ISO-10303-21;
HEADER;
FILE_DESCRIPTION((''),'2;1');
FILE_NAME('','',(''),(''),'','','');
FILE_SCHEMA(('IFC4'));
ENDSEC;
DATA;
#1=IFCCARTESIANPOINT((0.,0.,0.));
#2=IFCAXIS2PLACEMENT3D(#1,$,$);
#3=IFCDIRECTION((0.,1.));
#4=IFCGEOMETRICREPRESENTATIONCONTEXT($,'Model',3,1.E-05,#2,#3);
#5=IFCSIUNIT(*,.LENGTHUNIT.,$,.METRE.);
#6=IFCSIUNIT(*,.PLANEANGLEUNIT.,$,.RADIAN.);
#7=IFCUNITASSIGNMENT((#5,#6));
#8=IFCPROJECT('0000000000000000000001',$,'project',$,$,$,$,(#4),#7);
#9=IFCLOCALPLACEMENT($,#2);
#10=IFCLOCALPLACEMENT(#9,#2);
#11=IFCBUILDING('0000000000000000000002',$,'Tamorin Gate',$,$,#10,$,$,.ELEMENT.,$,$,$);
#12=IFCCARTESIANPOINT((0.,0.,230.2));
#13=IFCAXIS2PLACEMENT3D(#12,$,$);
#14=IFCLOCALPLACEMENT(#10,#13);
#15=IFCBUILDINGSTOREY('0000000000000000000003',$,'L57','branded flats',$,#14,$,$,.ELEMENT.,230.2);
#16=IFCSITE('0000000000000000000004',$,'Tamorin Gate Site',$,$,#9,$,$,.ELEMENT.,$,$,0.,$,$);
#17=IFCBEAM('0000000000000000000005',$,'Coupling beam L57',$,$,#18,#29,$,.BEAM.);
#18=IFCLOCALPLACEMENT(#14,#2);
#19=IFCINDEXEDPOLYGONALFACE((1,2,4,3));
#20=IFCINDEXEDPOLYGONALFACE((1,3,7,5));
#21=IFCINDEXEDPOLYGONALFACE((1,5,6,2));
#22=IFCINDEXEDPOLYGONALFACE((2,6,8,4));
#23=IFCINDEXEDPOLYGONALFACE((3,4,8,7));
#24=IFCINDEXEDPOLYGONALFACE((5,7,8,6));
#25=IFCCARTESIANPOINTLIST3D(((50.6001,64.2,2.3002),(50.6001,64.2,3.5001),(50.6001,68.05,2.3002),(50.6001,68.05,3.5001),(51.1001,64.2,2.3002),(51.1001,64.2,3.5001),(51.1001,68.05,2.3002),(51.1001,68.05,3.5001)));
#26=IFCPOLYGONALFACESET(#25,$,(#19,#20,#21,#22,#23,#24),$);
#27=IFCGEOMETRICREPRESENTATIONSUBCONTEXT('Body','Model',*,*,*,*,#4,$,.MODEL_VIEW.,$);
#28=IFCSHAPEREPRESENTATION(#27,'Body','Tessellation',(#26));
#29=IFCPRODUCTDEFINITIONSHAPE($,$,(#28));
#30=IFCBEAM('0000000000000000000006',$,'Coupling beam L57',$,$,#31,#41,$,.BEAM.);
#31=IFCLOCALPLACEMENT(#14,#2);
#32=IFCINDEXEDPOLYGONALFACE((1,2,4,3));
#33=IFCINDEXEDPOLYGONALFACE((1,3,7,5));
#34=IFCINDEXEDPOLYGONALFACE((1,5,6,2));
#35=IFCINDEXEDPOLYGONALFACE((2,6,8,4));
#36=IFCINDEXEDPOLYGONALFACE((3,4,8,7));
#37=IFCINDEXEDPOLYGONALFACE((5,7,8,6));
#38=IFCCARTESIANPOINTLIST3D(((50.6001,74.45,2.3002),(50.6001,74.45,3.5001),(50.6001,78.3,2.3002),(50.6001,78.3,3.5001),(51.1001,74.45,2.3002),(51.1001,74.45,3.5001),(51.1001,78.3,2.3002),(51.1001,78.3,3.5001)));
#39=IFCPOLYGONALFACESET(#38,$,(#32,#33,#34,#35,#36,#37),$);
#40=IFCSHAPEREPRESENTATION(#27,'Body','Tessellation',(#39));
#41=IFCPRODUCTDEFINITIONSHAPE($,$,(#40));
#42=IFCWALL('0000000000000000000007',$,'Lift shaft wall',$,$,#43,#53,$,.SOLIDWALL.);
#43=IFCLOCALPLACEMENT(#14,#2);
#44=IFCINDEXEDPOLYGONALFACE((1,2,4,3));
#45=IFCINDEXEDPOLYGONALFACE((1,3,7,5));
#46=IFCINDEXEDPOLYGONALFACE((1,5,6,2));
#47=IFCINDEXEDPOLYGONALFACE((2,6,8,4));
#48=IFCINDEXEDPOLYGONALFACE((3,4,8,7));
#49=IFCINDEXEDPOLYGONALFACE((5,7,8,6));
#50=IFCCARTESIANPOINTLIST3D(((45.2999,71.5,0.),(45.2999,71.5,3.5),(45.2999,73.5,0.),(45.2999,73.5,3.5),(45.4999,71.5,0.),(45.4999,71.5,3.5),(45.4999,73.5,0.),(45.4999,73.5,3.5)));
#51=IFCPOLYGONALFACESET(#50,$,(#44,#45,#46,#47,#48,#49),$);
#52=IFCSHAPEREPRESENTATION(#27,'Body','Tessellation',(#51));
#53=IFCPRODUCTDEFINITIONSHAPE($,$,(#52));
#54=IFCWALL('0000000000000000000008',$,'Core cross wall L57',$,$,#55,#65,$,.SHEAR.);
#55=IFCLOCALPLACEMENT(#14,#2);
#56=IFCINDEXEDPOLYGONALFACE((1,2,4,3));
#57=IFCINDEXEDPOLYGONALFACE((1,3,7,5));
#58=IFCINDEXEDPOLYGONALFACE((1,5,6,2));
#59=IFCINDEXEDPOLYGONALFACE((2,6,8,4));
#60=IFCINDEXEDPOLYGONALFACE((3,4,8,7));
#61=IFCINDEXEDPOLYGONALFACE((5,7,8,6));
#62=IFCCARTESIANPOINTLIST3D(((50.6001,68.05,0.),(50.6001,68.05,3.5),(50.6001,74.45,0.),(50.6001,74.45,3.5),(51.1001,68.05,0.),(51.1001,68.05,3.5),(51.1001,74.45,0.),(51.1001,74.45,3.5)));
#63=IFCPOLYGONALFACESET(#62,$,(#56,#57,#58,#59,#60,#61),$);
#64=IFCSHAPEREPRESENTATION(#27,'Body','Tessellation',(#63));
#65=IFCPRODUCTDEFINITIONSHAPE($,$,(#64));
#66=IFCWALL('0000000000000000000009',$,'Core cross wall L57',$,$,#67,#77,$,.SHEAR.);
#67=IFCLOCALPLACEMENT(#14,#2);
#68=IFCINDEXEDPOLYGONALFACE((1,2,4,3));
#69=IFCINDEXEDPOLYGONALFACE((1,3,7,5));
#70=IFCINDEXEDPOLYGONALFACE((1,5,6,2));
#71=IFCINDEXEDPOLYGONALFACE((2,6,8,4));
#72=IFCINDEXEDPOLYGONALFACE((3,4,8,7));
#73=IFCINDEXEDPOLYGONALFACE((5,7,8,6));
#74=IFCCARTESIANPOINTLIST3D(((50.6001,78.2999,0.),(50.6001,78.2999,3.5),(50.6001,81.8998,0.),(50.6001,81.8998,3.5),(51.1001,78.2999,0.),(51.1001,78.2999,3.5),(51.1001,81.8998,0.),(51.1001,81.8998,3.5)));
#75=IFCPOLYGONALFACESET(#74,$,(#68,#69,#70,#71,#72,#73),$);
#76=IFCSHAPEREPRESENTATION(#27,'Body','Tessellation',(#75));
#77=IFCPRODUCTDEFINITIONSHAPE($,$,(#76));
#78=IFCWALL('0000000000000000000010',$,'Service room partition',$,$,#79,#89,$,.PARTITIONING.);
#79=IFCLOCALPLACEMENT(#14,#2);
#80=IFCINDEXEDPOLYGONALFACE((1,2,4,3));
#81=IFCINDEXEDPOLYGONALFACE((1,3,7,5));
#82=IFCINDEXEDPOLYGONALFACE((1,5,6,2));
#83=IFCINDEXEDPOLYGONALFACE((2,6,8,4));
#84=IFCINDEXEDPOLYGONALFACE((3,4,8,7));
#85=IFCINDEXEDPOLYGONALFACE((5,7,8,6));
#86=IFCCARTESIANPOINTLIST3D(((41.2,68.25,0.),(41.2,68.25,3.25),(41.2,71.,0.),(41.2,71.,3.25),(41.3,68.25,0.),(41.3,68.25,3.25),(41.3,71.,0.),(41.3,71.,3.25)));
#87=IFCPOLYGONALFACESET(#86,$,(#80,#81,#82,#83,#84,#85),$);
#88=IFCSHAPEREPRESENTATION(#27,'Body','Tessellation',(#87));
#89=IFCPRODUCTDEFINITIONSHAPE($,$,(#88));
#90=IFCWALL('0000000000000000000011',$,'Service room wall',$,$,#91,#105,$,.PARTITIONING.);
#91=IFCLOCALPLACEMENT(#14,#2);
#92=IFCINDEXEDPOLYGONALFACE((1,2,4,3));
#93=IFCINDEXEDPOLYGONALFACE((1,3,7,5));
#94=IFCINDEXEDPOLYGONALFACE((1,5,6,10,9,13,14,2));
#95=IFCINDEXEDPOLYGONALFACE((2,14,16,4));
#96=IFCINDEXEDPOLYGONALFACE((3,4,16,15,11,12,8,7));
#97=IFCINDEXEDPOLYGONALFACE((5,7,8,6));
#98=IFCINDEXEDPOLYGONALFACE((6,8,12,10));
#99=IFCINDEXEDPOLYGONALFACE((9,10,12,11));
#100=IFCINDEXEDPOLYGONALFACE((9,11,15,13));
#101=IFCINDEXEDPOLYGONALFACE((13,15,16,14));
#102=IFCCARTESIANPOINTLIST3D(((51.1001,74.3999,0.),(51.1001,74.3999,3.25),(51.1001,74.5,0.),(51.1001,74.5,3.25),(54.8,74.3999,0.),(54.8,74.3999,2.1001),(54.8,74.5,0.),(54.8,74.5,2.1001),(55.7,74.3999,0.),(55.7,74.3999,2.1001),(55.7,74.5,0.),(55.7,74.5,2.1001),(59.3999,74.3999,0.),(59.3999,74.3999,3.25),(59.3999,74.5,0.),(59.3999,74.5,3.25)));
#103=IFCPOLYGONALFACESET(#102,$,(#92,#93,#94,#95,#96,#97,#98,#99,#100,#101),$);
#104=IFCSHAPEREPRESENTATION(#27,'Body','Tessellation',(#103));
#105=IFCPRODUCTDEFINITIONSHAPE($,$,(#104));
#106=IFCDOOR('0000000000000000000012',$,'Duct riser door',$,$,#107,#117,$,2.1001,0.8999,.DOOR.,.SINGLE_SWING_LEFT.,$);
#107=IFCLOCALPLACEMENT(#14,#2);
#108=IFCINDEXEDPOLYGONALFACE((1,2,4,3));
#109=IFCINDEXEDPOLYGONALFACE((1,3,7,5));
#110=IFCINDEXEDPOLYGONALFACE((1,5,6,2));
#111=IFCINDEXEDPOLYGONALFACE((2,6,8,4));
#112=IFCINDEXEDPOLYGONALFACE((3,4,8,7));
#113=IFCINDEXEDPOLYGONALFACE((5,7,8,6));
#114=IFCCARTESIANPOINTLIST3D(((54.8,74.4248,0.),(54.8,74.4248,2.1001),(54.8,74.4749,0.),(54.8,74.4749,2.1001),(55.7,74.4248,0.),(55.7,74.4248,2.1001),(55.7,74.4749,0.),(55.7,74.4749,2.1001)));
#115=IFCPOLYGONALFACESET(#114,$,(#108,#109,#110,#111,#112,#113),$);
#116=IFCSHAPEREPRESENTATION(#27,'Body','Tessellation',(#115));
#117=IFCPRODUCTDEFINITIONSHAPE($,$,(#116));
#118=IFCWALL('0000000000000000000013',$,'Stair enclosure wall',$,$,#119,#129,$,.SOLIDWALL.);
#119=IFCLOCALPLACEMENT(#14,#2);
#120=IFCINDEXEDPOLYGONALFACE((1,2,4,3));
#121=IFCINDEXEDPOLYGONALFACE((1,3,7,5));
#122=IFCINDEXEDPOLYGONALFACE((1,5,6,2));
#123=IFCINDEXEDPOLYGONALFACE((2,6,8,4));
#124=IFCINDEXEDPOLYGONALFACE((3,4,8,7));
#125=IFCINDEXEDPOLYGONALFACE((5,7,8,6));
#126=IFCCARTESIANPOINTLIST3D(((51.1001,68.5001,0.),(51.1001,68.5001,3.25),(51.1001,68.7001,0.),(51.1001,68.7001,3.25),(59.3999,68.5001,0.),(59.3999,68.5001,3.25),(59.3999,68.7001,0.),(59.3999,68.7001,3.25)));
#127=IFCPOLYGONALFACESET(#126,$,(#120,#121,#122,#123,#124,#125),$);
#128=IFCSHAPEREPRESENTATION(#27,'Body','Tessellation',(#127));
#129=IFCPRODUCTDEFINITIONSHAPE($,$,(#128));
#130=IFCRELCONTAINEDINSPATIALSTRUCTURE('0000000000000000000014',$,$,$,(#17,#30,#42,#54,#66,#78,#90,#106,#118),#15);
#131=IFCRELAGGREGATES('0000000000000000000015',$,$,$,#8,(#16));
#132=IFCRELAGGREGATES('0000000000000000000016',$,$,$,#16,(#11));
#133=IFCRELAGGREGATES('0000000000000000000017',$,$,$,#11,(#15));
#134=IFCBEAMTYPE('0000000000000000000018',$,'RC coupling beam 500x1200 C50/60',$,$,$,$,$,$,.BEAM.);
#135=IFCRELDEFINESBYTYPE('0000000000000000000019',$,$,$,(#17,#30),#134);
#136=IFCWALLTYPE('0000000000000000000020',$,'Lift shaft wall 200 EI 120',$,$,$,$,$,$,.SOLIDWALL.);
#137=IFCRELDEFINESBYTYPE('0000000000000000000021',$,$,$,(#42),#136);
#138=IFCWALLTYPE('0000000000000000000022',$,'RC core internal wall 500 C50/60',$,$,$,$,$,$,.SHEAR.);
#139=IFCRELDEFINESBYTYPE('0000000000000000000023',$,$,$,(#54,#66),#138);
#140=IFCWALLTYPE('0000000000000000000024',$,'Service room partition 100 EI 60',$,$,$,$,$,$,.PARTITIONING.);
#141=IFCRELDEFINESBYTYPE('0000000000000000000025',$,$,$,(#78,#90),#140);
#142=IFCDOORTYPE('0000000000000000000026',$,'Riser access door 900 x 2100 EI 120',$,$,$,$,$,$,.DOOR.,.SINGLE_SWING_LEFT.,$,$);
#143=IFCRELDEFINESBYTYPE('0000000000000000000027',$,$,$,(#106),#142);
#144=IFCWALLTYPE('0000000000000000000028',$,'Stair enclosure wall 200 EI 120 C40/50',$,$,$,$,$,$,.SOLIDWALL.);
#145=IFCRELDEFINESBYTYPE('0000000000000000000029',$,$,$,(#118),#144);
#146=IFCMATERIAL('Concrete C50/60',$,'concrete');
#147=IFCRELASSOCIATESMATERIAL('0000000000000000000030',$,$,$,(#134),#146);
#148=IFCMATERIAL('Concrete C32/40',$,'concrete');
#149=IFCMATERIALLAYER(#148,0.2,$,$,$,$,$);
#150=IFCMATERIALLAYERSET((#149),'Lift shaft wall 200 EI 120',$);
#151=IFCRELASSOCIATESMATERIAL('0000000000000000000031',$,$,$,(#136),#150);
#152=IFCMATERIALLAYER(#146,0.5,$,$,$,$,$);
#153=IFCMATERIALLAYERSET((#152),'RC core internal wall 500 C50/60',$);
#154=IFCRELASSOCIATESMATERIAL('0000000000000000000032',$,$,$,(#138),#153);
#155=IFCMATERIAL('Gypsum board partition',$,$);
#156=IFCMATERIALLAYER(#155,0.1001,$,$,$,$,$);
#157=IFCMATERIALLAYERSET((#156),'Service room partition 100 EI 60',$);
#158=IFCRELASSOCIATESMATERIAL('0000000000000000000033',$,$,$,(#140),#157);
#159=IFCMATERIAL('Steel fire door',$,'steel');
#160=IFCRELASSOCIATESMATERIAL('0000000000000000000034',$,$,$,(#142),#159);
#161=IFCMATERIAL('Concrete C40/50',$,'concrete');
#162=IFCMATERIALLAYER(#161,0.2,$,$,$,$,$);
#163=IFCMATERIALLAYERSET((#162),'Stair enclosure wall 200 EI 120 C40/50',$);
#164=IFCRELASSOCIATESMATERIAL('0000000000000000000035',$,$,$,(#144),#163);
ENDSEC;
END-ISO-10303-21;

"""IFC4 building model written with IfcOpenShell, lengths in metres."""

from ifc_helpers import new_model, si_unit, direction, frame, frame_2d, origin, origin_2d, place, context, subcontext, project, spatial, rectangle, extrude, material, layer, layer_set, material_profile, profile_set, type_object, element, fill, save


model = new_model("IFC4")

# Units and contexts
model_context = context("Model", 3, precision=1e-05, world=origin(), true_north=direction((0.0, 1.0)))
body_context = subcontext(model_context, "Body", "Model", "MODEL_VIEW")
ifc_project = project(units=[si_unit("LENGTHUNIT", "METRE"), si_unit("PLANEANGLEUNIT", "RADIAN")], contexts=[model_context])

# Site, building, storey
site_placement = place(None, origin())
site = spatial("IfcSite", under=ifc_project, at=site_placement, Name="Tamorin Gate Site", CompositionType="ELEMENT", RefElevation=0.0)
building_placement = place(site_placement, origin())
building = spatial("IfcBuilding", under=site, at=building_placement, Name="Tamorin Gate", CompositionType="ELEMENT")
storey_placement = place(building_placement, frame((0.0, 0.0, 230.2)))
storey = spatial("IfcBuildingStorey", under=building, at=storey_placement, Name="L57", Description="branded flats", CompositionType="ELEMENT", Elevation=230.2)

# Beams
ifc_material_1 = material(Name="Concrete C50/60", Category="concrete")
ifc_material_profile = material_profile(ifc_material_1, rectangle(XDim=0.5, YDim=1.2, at=origin_2d()), Name="RC 500x1200")
ifc_profile_set = profile_set([ifc_material_profile], Name="Concrete C50/60")
beam_type = type_object("IfcBeamType", Name="RC coupling beam 500x1200 C50/60", PredefinedType="BEAM", material=ifc_profile_set)
for number, where, z_axis, x_axis, name in (
    (1, (50.8501, 64.2, 2.9001), (0.0, 1.0, 0.0), (-1.0, 0.0, 0.0), "Coupling beam L57"),
    (2, (50.8501, 74.45, 2.9001), (0.0, 1.0, 0.0), (-1.0, 0.0, 0.0), "Coupling beam L57"),
):
    element("IfcBeam", number, at=place(storey_placement, frame(where, z_axis=z_axis, x_axis=x_axis)), inside=storey, type_object=beam_type, Name=name, PredefinedType="BEAM", context=body_context, shape_type="SweptSolid", body=[
        extrude(rectangle(XDim=0.5, YDim=1.2, at=origin_2d()), origin(), (0.0, 0.0, 1.0), 3.8501),
    ])

# Walls
ifc_material_2 = material(Name="Concrete C32/40", Category="concrete")
ifc_layer_1 = layer(ifc_material_2, 0.2)
ifc_layer_set_1 = layer_set([ifc_layer_1], Name="Lift shaft wall 200 EI 120")
wall_type_1 = type_object("IfcWallType", Name="Lift shaft wall 200 EI 120", PredefinedType="SOLIDWALL", material=ifc_layer_set_1)
wall_1_placement = place(storey_placement, frame((45.3999, 71.5, 0.0), z_axis=(0.0, 0.0, 1.0), x_axis=(0.0, 1.0, 0.0)))
element("IfcWall", 3, at=wall_1_placement, inside=storey, type_object=wall_type_1, Name="Lift shaft wall", PredefinedType="SOLIDWALL", context=body_context, shape_type="SweptSolid", body=[
    extrude(rectangle(XDim=2.0, YDim=0.2, at=frame_2d((1.0, 0.0))), origin(), (0.0, 0.0, 1.0), 3.5),
])
ifc_layer_2 = layer(ifc_material_1, 0.5)
ifc_layer_set_2 = layer_set([ifc_layer_2], Name="RC core internal wall 500 C50/60")
wall_type_2 = type_object("IfcWallType", Name="RC core internal wall 500 C50/60", PredefinedType="SHEAR", material=ifc_layer_set_2)
wall_2_placement = place(storey_placement, frame((50.8501, 68.05, 0.0), z_axis=(0.0, 0.0, 1.0), x_axis=(0.0, 1.0, 0.0)))
element("IfcWall", 4, at=wall_2_placement, inside=storey, type_object=wall_type_2, Name="Core cross wall L57", PredefinedType="SHEAR", context=body_context, shape_type="SweptSolid", body=[
    extrude(rectangle(XDim=6.3999, YDim=0.5, at=frame_2d((3.2, 0.0))), origin(), (0.0, 0.0, 1.0), 3.5),
])
wall_3_placement = place(storey_placement, frame((50.8501, 78.3, 0.0), z_axis=(0.0, 0.0, 1.0), x_axis=(0.0, 1.0, 0.0)))
element("IfcWall", 5, at=wall_3_placement, inside=storey, type_object=wall_type_2, Name="Core cross wall L57", PredefinedType="SHEAR", context=body_context, shape_type="SweptSolid", body=[
    extrude(rectangle(XDim=3.5999, YDim=0.5, at=frame_2d((1.7998, 0.0))), origin(), (0.0, 0.0, 1.0), 3.5),
])
ifc_material_3 = material(Name="Gypsum board partition")
ifc_layer_3 = layer(ifc_material_3, 0.1001)
ifc_layer_set_3 = layer_set([ifc_layer_3], Name="Service room partition 100 EI 60")
wall_type_3 = type_object("IfcWallType", Name="Service room partition 100 EI 60", PredefinedType="PARTITIONING", material=ifc_layer_set_3)
wall_4_placement = place(storey_placement, frame((41.25, 68.25, 0.0), z_axis=(0.0, 0.0, 1.0), x_axis=(0.0, 1.0, 0.0)))
element("IfcWall", 6, at=wall_4_placement, inside=storey, type_object=wall_type_3, Name="Service room partition", PredefinedType="PARTITIONING", context=body_context, shape_type="SweptSolid", body=[
    extrude(rectangle(XDim=2.75, YDim=0.1001, at=frame_2d((1.375, 0.0))), origin(), (0.0, 0.0, 1.0), 3.25),
])

# Wall, opening, door
wall_5_placement = place(storey_placement, frame((51.1001, 74.45, 0.0), z_axis=(0.0, 0.0, 1.0), x_axis=(1.0, 0.0, 0.0)))
wall_5 = element("IfcWall", 7, at=wall_5_placement, inside=storey, type_object=wall_type_3, Name="Service room wall", PredefinedType="PARTITIONING", context=body_context, shape_type="SweptSolid", body=[
    extrude(rectangle(XDim=8.2998, YDim=0.1001, at=frame_2d((4.1499, 0.0))), origin(), (0.0, 0.0, 1.0), 3.25),
])
opening_placement = place(wall_5_placement, frame((3.7, 0.0, 0.0)))
opening = element("IfcOpeningElement", 8, at=opening_placement, cuts=wall_5, PredefinedType="OPENING", context=body_context, shape_type="SweptSolid", body=[
    extrude(rectangle(XDim=0.8999, YDim=2.1001, at=frame_2d((0.45, 1.05))), frame((0.0, 0.0601, 0.0), z_axis=(0.0, -1.0, 0.0), x_axis=(1.0, 0.0, 0.0)), (0.0, 0.0, 1.0), 0.1201),
])
ifc_material_4 = material(Name="Steel fire door", Category="steel")
door_type = type_object("IfcDoorType", Name="Riser access door 900 x 2100 EI 120", OperationType="SINGLE_SWING_LEFT", PredefinedType="DOOR", material=ifc_material_4)
door_placement = place(opening_placement, origin())
door = element("IfcDoor", 9, at=door_placement, inside=storey, type_object=door_type, Name="Duct riser door", OperationType="SINGLE_SWING_LEFT", OverallHeight=2.1001, OverallWidth=0.8999, PredefinedType="DOOR", context=body_context, shape_type="SweptSolid", body=[
    extrude(rectangle(XDim=0.8999, YDim=2.1001, at=frame_2d((0.45, 1.05))), frame((0.0, 0.0249, 0.0), z_axis=(0.0, -1.0, 0.0), x_axis=(1.0, 0.0, 0.0)), (0.0, 0.0, 1.0), 0.05),
])
fill(opening, door)

# Wall
ifc_material_5 = material(Name="Concrete C40/50", Category="concrete")
ifc_layer_4 = layer(ifc_material_5, 0.2)
ifc_layer_set_4 = layer_set([ifc_layer_4], Name="Stair enclosure wall 200 EI 120 C40/50")
wall_type_4 = type_object("IfcWallType", Name="Stair enclosure wall 200 EI 120 C40/50", PredefinedType="SOLIDWALL", material=ifc_layer_set_4)
wall_6_placement = place(storey_placement, frame((51.1001, 68.6001, 0.0), z_axis=(0.0, 0.0, 1.0), x_axis=(1.0, 0.0, 0.0)))
element("IfcWall", 10, at=wall_6_placement, inside=storey, type_object=wall_type_4, Name="Stair enclosure wall", PredefinedType="SOLIDWALL", context=body_context, shape_type="SweptSolid", body=[
    extrude(rectangle(XDim=8.2998, YDim=0.2, at=frame_2d((4.1499, 0.0))), origin(), (0.0, 0.0, 1.0), 3.25),
])

save(model, "model.ifc")
